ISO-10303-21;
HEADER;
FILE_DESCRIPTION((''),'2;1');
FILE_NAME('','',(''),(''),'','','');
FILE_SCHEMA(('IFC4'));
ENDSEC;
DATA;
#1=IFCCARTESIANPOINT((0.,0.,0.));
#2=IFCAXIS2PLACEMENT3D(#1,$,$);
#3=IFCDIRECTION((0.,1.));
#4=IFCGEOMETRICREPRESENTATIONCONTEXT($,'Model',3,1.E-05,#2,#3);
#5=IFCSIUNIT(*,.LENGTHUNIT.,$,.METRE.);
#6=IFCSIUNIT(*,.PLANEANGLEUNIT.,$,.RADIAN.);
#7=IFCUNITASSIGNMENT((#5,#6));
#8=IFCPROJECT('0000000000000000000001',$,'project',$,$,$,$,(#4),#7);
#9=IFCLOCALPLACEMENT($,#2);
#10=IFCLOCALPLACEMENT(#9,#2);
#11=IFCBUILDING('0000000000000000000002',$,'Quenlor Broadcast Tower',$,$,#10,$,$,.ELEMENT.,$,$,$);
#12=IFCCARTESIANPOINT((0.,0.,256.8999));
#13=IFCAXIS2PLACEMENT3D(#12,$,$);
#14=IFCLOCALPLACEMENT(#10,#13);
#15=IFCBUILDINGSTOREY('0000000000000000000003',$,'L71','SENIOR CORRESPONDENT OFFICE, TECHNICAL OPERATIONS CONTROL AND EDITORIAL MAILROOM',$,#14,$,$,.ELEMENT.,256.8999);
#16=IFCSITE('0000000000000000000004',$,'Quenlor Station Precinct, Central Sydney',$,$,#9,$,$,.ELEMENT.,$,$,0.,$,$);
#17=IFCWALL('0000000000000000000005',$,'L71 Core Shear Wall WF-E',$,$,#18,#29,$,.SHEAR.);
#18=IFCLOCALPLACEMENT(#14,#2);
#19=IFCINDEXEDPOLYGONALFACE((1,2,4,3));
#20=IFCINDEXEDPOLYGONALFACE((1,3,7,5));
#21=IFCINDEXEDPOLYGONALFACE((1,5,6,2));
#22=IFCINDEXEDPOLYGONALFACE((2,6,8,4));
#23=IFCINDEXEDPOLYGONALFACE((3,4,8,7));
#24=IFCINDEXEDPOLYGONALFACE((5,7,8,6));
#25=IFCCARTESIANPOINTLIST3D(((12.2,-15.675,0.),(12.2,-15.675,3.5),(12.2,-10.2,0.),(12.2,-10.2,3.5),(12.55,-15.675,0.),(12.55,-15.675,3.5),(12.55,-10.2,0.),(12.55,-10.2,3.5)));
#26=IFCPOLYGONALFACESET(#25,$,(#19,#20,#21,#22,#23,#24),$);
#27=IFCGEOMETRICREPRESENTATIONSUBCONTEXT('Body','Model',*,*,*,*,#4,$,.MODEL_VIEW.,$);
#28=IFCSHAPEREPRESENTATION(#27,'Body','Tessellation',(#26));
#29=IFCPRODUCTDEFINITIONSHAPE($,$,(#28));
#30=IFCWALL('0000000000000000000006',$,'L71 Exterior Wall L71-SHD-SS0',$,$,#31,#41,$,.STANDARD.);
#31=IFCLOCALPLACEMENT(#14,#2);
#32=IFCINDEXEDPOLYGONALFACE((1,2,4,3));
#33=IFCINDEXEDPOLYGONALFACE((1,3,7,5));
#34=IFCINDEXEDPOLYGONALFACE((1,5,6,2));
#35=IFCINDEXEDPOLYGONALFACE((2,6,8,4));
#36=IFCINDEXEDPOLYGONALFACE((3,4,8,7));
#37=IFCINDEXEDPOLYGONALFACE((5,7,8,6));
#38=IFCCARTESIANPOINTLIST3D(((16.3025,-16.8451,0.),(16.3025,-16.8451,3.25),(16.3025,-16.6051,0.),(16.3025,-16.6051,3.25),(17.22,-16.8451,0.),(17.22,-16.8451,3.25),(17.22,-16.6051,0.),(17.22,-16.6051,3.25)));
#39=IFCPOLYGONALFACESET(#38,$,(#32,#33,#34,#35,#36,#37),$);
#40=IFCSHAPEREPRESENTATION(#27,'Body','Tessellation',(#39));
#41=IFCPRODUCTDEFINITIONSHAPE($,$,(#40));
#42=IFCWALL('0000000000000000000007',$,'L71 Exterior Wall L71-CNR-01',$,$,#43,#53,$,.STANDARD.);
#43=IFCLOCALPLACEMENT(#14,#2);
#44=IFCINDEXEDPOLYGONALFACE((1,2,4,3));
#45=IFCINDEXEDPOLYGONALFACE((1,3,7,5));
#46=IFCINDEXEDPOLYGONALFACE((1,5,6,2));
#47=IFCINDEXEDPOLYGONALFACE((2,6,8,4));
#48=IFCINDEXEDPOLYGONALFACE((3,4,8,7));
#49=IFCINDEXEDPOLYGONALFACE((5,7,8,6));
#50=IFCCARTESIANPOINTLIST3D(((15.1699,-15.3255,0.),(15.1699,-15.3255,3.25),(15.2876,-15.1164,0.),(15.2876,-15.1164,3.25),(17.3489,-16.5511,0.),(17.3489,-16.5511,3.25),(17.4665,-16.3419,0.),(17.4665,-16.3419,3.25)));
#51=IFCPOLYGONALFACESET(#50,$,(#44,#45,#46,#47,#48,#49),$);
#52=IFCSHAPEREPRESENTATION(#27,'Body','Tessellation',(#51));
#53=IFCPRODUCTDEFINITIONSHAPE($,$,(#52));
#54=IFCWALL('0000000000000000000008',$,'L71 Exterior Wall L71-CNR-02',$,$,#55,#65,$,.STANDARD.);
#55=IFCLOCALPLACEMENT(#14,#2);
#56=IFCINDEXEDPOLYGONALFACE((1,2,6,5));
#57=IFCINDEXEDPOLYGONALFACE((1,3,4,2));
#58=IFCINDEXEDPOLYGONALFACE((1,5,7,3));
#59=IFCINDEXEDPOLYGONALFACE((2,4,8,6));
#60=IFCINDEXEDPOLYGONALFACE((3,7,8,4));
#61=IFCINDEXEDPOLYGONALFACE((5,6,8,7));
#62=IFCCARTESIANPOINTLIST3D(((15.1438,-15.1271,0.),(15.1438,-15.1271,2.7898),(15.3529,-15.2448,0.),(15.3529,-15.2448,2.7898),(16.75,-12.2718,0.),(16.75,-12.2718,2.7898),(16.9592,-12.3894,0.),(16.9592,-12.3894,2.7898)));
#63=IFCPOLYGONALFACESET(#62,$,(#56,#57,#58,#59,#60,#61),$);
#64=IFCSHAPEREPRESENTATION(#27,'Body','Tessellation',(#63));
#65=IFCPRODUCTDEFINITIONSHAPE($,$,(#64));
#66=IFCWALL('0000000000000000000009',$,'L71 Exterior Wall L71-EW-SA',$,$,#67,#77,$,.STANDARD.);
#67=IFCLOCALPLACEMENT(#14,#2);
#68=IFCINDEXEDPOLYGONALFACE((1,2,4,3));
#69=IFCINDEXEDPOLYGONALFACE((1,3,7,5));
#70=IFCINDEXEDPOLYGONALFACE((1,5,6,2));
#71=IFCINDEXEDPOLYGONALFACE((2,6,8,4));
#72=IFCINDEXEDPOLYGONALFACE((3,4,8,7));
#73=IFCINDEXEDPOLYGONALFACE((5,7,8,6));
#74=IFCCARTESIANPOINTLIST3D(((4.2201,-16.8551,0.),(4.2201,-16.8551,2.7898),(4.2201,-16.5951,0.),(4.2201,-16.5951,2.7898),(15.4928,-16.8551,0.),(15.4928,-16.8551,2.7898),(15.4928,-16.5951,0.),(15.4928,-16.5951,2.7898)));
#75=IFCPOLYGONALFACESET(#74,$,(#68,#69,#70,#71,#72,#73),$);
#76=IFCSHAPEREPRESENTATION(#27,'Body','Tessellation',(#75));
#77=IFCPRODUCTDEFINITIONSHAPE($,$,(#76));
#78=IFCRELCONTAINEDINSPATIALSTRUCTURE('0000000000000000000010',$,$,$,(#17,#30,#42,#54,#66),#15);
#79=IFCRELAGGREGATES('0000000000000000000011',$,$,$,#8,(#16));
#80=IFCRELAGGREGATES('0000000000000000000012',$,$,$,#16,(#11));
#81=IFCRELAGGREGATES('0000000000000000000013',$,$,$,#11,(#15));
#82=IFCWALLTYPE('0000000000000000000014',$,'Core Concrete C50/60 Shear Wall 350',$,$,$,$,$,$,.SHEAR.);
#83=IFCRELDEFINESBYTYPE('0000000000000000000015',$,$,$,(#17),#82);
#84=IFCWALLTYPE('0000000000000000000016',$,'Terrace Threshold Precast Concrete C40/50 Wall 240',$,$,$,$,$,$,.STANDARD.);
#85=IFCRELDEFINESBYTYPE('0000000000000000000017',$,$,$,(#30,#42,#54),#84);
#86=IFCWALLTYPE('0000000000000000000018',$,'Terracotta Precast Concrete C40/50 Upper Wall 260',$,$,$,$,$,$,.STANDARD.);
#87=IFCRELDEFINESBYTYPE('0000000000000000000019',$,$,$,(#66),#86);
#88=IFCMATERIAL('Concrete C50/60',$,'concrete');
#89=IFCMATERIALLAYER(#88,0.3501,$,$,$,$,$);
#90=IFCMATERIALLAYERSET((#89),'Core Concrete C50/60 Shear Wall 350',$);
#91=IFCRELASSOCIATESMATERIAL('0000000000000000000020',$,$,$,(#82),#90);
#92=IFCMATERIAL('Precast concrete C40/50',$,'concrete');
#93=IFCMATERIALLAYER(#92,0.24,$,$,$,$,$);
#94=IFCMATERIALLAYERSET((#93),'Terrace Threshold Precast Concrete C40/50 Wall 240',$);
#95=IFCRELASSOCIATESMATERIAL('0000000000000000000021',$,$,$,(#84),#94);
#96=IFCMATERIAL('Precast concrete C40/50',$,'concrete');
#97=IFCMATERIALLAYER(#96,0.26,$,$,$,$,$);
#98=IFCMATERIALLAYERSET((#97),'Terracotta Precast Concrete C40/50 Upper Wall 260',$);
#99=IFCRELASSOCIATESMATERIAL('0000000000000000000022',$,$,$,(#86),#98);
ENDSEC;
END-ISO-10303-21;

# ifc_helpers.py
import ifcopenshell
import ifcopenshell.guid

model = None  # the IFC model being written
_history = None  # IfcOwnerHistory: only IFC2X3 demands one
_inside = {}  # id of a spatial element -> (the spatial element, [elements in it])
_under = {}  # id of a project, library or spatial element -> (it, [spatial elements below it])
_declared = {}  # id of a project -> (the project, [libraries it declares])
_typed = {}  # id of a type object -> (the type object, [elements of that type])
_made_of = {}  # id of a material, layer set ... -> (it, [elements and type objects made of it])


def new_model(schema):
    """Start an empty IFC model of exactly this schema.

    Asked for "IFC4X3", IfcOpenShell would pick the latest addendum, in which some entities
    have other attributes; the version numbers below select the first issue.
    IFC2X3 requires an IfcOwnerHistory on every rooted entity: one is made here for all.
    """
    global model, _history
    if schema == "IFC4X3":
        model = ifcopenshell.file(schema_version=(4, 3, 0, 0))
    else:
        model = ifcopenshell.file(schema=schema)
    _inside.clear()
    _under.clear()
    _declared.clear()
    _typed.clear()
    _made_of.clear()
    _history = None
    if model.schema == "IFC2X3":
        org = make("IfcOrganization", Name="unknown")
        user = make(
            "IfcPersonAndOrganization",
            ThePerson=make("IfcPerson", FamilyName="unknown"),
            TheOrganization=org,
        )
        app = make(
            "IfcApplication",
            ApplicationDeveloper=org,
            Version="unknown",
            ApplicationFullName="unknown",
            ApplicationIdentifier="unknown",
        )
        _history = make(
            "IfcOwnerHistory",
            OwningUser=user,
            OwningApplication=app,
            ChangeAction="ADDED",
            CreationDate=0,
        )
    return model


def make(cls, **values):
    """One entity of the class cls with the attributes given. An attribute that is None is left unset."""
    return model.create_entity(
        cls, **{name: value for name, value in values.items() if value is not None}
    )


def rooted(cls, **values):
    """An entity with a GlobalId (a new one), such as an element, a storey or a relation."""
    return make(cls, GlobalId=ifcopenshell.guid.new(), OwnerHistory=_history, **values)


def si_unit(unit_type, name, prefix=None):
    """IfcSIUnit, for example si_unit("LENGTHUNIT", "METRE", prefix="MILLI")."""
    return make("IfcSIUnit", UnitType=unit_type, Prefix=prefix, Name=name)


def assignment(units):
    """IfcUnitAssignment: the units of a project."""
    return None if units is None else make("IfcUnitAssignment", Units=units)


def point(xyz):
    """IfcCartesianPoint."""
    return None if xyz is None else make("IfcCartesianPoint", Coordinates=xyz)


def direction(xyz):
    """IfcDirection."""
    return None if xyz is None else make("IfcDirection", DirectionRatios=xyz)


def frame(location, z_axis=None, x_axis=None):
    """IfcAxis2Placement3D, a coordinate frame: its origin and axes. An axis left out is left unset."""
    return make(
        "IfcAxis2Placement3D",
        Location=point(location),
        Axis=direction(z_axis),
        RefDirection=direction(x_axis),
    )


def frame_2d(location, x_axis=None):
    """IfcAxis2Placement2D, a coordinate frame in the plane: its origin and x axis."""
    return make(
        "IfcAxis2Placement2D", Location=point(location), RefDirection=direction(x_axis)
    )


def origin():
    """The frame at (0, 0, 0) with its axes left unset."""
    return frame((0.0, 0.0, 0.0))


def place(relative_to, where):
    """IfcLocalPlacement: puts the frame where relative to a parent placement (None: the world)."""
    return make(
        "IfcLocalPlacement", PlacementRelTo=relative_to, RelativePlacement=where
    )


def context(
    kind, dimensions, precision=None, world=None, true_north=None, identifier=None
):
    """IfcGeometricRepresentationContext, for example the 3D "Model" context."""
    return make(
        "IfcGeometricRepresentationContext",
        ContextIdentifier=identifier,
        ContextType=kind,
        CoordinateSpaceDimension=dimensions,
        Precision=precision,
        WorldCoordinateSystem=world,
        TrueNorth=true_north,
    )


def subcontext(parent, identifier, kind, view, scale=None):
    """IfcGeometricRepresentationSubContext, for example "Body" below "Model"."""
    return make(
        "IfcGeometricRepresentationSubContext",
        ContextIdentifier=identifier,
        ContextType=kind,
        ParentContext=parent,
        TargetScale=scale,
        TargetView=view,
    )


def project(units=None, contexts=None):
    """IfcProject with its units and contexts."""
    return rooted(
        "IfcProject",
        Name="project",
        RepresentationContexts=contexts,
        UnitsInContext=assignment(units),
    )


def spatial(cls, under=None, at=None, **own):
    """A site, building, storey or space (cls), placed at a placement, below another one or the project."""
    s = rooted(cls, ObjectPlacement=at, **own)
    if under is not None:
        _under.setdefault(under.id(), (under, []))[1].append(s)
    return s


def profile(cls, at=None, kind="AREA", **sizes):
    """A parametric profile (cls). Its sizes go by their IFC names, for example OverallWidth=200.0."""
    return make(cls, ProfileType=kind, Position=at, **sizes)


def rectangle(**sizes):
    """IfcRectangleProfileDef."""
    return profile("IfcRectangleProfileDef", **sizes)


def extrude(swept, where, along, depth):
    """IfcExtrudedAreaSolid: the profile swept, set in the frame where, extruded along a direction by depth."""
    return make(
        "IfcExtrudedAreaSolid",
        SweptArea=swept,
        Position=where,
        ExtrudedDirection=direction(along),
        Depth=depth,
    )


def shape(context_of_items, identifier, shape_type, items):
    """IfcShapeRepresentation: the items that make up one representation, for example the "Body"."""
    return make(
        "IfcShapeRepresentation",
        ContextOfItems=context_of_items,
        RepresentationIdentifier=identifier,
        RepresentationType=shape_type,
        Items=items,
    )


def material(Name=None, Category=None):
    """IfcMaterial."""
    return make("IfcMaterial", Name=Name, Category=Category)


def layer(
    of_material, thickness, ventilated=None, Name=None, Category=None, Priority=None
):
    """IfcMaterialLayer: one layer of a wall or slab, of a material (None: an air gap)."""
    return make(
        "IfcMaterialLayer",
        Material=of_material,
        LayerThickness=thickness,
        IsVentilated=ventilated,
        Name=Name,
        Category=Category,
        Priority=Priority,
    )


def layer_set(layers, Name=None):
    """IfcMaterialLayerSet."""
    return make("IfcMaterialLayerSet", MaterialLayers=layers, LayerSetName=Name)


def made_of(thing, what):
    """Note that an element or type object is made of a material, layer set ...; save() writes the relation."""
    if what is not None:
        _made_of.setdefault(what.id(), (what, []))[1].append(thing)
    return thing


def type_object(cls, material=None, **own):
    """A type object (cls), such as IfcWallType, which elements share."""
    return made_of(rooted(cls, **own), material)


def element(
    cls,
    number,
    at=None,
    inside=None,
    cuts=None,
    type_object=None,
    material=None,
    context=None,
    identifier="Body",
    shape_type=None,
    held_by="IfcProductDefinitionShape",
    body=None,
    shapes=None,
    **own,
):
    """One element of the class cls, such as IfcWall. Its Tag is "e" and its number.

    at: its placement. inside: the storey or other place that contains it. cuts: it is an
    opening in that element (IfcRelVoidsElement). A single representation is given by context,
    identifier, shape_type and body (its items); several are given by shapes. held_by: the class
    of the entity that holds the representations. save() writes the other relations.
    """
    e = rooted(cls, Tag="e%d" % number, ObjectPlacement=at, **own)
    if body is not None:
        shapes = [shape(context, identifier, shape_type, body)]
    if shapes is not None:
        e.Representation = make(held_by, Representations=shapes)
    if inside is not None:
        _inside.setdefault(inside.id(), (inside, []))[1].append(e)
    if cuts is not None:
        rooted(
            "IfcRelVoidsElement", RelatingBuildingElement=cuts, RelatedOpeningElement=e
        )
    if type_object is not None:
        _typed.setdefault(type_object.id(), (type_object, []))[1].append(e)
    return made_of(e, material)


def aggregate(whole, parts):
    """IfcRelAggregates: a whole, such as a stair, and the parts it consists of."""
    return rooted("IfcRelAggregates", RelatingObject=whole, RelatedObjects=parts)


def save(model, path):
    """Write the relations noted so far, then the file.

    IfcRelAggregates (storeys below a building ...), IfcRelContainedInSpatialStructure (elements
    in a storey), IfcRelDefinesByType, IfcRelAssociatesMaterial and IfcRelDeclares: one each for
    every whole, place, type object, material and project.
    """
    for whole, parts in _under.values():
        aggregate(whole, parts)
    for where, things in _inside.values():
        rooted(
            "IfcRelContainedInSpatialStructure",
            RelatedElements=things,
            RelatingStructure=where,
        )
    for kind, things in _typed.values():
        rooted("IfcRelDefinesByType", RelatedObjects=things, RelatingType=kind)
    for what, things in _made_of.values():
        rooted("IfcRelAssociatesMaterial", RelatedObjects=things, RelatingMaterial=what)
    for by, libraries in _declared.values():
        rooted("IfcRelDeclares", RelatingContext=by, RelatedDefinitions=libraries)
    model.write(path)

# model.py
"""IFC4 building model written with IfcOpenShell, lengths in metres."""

from ifc_helpers import new_model, si_unit, direction, frame, frame_2d, origin, place, context, subcontext, project, spatial, rectangle, extrude, material, layer, layer_set, type_object, element, save


model = new_model("IFC4")

# Units and contexts
model_context = context("Model", 3, precision=1e-05, world=origin(), true_north=direction((0.0, 1.0)))
body_context = subcontext(model_context, "Body", "Model", "MODEL_VIEW")
ifc_project = project(units=[si_unit("LENGTHUNIT", "METRE"), si_unit("PLANEANGLEUNIT", "RADIAN")], contexts=[model_context])

# Site, building, storey
site_placement = place(None, origin())
site = spatial("IfcSite", under=ifc_project, at=site_placement, Name="Quenlor Station Precinct, Central Sydney", CompositionType="ELEMENT", RefElevation=0.0)
building_placement = place(site_placement, origin())
building = spatial("IfcBuilding", under=site, at=building_placement, Name="Quenlor Broadcast Tower", CompositionType="ELEMENT")
storey_placement = place(building_placement, frame((0.0, 0.0, 256.8999)))
storey = spatial("IfcBuildingStorey", under=building, at=storey_placement, Name="L71", Description="SENIOR CORRESPONDENT OFFICE, TECHNICAL OPERATIONS CONTROL AND EDITORIAL MAILROOM", CompositionType="ELEMENT", Elevation=256.8999)

# Walls
ifc_material_1 = material(Name="Concrete C50/60", Category="concrete")
ifc_layer_1 = layer(ifc_material_1, 0.3501)
ifc_layer_set_1 = layer_set([ifc_layer_1], Name="Core Concrete C50/60 Shear Wall 350")
wall_type_1 = type_object("IfcWallType", Name="Core Concrete C50/60 Shear Wall 350", PredefinedType="SHEAR", material=ifc_layer_set_1)
wall_1_placement = place(storey_placement, frame((12.375, -15.675, 0.0), z_axis=(0.0, 0.0, 1.0), x_axis=(0.0, 1.0, 0.0)))
element("IfcWall", 1, at=wall_1_placement, inside=storey, type_object=wall_type_1, Name="L71 Core Shear Wall WF-E", PredefinedType="SHEAR", context=body_context, shape_type="SweptSolid", body=[
    extrude(rectangle(XDim=5.4751, YDim=0.3501, at=frame_2d((2.7375, 0.0))), origin(), (0.0, 0.0, 1.0), 3.5),
])
ifc_material_2 = material(Name="Precast concrete C40/50", Category="concrete")
ifc_layer_2 = layer(ifc_material_2, 0.24)
ifc_layer_set_2 = layer_set([ifc_layer_2], Name="Terrace Threshold Precast Concrete C40/50 Wall 240")
wall_type_2 = type_object("IfcWallType", Name="Terrace Threshold Precast Concrete C40/50 Wall 240", PredefinedType="STANDARD", material=ifc_layer_set_2)
wall_2_placement = place(storey_placement, frame((17.22, -16.7251, 0.0), z_axis=(0.0, 0.0, 1.0), x_axis=(-1.0, 0.0, 0.0)))
element("IfcWall", 2, at=wall_2_placement, inside=storey, type_object=wall_type_2, Name="L71 Exterior Wall L71-SHD-SS0", PredefinedType="STANDARD", context=body_context, shape_type="SweptSolid", body=[
    extrude(rectangle(XDim=0.9175, YDim=0.24, at=frame_2d((0.4587, 0.0))), origin(), (0.0, 0.0, 1.0), 3.25),
])
wall_3_placement = place(storey_placement, frame((17.4077, -16.4465, 0.0), z_axis=(0.0, 0.0, 1.0), x_axis=(-0.871589, 0.490238, 0.0)))
element("IfcWall", 3, at=wall_3_placement, inside=storey, type_object=wall_type_2, Name="L71 Exterior Wall L71-CNR-01", PredefinedType="STANDARD", context=body_context, shape_type="SweptSolid", body=[
    extrude(rectangle(XDim=2.5, YDim=0.24, at=frame_2d((1.25, 0.0))), origin(), (0.0, 0.0, 1.0), 3.25),
])
wall_4_placement = place(storey_placement, frame((15.2483, -15.186, 0.0), z_axis=(0.0, 0.0, 1.0), x_axis=(0.490293, 0.871558, 0.0)))
element("IfcWall", 4, at=wall_4_placement, inside=storey, type_object=wall_type_2, Name="L71 Exterior Wall L71-CNR-02", PredefinedType="STANDARD", context=body_context, shape_type="SweptSolid", body=[
    extrude(rectangle(XDim=3.2761, YDim=0.24, at=frame_2d((1.6382, 0.0))), origin(), (0.0, 0.0, 1.0), 2.7898),
])
ifc_material_3 = material(Name="Precast concrete C40/50", Category="concrete")
ifc_layer_3 = layer(ifc_material_3, 0.26)
ifc_layer_set_3 = layer_set([ifc_layer_3], Name="Terracotta Precast Concrete C40/50 Upper Wall 260")
wall_type_3 = type_object("IfcWallType", Name="Terracotta Precast Concrete C40/50 Upper Wall 260", PredefinedType="STANDARD", material=ifc_layer_set_3)
wall_5_placement = place(storey_placement, frame((15.4927, -16.7251, 0.0), z_axis=(0.0, 0.0, 1.0), x_axis=(-1.0, 0.0, 0.0)))
element("IfcWall", 5, at=wall_5_placement, inside=storey, type_object=wall_type_3, Name="L71 Exterior Wall L71-EW-SA", PredefinedType="STANDARD", context=body_context, shape_type="SweptSolid", body=[
    extrude(rectangle(XDim=11.2727, YDim=0.26, at=frame_2d((5.6362, 0.0))), origin(), (0.0, 0.0, 1.0), 2.7898),
])

save(model, "model.ifc")
